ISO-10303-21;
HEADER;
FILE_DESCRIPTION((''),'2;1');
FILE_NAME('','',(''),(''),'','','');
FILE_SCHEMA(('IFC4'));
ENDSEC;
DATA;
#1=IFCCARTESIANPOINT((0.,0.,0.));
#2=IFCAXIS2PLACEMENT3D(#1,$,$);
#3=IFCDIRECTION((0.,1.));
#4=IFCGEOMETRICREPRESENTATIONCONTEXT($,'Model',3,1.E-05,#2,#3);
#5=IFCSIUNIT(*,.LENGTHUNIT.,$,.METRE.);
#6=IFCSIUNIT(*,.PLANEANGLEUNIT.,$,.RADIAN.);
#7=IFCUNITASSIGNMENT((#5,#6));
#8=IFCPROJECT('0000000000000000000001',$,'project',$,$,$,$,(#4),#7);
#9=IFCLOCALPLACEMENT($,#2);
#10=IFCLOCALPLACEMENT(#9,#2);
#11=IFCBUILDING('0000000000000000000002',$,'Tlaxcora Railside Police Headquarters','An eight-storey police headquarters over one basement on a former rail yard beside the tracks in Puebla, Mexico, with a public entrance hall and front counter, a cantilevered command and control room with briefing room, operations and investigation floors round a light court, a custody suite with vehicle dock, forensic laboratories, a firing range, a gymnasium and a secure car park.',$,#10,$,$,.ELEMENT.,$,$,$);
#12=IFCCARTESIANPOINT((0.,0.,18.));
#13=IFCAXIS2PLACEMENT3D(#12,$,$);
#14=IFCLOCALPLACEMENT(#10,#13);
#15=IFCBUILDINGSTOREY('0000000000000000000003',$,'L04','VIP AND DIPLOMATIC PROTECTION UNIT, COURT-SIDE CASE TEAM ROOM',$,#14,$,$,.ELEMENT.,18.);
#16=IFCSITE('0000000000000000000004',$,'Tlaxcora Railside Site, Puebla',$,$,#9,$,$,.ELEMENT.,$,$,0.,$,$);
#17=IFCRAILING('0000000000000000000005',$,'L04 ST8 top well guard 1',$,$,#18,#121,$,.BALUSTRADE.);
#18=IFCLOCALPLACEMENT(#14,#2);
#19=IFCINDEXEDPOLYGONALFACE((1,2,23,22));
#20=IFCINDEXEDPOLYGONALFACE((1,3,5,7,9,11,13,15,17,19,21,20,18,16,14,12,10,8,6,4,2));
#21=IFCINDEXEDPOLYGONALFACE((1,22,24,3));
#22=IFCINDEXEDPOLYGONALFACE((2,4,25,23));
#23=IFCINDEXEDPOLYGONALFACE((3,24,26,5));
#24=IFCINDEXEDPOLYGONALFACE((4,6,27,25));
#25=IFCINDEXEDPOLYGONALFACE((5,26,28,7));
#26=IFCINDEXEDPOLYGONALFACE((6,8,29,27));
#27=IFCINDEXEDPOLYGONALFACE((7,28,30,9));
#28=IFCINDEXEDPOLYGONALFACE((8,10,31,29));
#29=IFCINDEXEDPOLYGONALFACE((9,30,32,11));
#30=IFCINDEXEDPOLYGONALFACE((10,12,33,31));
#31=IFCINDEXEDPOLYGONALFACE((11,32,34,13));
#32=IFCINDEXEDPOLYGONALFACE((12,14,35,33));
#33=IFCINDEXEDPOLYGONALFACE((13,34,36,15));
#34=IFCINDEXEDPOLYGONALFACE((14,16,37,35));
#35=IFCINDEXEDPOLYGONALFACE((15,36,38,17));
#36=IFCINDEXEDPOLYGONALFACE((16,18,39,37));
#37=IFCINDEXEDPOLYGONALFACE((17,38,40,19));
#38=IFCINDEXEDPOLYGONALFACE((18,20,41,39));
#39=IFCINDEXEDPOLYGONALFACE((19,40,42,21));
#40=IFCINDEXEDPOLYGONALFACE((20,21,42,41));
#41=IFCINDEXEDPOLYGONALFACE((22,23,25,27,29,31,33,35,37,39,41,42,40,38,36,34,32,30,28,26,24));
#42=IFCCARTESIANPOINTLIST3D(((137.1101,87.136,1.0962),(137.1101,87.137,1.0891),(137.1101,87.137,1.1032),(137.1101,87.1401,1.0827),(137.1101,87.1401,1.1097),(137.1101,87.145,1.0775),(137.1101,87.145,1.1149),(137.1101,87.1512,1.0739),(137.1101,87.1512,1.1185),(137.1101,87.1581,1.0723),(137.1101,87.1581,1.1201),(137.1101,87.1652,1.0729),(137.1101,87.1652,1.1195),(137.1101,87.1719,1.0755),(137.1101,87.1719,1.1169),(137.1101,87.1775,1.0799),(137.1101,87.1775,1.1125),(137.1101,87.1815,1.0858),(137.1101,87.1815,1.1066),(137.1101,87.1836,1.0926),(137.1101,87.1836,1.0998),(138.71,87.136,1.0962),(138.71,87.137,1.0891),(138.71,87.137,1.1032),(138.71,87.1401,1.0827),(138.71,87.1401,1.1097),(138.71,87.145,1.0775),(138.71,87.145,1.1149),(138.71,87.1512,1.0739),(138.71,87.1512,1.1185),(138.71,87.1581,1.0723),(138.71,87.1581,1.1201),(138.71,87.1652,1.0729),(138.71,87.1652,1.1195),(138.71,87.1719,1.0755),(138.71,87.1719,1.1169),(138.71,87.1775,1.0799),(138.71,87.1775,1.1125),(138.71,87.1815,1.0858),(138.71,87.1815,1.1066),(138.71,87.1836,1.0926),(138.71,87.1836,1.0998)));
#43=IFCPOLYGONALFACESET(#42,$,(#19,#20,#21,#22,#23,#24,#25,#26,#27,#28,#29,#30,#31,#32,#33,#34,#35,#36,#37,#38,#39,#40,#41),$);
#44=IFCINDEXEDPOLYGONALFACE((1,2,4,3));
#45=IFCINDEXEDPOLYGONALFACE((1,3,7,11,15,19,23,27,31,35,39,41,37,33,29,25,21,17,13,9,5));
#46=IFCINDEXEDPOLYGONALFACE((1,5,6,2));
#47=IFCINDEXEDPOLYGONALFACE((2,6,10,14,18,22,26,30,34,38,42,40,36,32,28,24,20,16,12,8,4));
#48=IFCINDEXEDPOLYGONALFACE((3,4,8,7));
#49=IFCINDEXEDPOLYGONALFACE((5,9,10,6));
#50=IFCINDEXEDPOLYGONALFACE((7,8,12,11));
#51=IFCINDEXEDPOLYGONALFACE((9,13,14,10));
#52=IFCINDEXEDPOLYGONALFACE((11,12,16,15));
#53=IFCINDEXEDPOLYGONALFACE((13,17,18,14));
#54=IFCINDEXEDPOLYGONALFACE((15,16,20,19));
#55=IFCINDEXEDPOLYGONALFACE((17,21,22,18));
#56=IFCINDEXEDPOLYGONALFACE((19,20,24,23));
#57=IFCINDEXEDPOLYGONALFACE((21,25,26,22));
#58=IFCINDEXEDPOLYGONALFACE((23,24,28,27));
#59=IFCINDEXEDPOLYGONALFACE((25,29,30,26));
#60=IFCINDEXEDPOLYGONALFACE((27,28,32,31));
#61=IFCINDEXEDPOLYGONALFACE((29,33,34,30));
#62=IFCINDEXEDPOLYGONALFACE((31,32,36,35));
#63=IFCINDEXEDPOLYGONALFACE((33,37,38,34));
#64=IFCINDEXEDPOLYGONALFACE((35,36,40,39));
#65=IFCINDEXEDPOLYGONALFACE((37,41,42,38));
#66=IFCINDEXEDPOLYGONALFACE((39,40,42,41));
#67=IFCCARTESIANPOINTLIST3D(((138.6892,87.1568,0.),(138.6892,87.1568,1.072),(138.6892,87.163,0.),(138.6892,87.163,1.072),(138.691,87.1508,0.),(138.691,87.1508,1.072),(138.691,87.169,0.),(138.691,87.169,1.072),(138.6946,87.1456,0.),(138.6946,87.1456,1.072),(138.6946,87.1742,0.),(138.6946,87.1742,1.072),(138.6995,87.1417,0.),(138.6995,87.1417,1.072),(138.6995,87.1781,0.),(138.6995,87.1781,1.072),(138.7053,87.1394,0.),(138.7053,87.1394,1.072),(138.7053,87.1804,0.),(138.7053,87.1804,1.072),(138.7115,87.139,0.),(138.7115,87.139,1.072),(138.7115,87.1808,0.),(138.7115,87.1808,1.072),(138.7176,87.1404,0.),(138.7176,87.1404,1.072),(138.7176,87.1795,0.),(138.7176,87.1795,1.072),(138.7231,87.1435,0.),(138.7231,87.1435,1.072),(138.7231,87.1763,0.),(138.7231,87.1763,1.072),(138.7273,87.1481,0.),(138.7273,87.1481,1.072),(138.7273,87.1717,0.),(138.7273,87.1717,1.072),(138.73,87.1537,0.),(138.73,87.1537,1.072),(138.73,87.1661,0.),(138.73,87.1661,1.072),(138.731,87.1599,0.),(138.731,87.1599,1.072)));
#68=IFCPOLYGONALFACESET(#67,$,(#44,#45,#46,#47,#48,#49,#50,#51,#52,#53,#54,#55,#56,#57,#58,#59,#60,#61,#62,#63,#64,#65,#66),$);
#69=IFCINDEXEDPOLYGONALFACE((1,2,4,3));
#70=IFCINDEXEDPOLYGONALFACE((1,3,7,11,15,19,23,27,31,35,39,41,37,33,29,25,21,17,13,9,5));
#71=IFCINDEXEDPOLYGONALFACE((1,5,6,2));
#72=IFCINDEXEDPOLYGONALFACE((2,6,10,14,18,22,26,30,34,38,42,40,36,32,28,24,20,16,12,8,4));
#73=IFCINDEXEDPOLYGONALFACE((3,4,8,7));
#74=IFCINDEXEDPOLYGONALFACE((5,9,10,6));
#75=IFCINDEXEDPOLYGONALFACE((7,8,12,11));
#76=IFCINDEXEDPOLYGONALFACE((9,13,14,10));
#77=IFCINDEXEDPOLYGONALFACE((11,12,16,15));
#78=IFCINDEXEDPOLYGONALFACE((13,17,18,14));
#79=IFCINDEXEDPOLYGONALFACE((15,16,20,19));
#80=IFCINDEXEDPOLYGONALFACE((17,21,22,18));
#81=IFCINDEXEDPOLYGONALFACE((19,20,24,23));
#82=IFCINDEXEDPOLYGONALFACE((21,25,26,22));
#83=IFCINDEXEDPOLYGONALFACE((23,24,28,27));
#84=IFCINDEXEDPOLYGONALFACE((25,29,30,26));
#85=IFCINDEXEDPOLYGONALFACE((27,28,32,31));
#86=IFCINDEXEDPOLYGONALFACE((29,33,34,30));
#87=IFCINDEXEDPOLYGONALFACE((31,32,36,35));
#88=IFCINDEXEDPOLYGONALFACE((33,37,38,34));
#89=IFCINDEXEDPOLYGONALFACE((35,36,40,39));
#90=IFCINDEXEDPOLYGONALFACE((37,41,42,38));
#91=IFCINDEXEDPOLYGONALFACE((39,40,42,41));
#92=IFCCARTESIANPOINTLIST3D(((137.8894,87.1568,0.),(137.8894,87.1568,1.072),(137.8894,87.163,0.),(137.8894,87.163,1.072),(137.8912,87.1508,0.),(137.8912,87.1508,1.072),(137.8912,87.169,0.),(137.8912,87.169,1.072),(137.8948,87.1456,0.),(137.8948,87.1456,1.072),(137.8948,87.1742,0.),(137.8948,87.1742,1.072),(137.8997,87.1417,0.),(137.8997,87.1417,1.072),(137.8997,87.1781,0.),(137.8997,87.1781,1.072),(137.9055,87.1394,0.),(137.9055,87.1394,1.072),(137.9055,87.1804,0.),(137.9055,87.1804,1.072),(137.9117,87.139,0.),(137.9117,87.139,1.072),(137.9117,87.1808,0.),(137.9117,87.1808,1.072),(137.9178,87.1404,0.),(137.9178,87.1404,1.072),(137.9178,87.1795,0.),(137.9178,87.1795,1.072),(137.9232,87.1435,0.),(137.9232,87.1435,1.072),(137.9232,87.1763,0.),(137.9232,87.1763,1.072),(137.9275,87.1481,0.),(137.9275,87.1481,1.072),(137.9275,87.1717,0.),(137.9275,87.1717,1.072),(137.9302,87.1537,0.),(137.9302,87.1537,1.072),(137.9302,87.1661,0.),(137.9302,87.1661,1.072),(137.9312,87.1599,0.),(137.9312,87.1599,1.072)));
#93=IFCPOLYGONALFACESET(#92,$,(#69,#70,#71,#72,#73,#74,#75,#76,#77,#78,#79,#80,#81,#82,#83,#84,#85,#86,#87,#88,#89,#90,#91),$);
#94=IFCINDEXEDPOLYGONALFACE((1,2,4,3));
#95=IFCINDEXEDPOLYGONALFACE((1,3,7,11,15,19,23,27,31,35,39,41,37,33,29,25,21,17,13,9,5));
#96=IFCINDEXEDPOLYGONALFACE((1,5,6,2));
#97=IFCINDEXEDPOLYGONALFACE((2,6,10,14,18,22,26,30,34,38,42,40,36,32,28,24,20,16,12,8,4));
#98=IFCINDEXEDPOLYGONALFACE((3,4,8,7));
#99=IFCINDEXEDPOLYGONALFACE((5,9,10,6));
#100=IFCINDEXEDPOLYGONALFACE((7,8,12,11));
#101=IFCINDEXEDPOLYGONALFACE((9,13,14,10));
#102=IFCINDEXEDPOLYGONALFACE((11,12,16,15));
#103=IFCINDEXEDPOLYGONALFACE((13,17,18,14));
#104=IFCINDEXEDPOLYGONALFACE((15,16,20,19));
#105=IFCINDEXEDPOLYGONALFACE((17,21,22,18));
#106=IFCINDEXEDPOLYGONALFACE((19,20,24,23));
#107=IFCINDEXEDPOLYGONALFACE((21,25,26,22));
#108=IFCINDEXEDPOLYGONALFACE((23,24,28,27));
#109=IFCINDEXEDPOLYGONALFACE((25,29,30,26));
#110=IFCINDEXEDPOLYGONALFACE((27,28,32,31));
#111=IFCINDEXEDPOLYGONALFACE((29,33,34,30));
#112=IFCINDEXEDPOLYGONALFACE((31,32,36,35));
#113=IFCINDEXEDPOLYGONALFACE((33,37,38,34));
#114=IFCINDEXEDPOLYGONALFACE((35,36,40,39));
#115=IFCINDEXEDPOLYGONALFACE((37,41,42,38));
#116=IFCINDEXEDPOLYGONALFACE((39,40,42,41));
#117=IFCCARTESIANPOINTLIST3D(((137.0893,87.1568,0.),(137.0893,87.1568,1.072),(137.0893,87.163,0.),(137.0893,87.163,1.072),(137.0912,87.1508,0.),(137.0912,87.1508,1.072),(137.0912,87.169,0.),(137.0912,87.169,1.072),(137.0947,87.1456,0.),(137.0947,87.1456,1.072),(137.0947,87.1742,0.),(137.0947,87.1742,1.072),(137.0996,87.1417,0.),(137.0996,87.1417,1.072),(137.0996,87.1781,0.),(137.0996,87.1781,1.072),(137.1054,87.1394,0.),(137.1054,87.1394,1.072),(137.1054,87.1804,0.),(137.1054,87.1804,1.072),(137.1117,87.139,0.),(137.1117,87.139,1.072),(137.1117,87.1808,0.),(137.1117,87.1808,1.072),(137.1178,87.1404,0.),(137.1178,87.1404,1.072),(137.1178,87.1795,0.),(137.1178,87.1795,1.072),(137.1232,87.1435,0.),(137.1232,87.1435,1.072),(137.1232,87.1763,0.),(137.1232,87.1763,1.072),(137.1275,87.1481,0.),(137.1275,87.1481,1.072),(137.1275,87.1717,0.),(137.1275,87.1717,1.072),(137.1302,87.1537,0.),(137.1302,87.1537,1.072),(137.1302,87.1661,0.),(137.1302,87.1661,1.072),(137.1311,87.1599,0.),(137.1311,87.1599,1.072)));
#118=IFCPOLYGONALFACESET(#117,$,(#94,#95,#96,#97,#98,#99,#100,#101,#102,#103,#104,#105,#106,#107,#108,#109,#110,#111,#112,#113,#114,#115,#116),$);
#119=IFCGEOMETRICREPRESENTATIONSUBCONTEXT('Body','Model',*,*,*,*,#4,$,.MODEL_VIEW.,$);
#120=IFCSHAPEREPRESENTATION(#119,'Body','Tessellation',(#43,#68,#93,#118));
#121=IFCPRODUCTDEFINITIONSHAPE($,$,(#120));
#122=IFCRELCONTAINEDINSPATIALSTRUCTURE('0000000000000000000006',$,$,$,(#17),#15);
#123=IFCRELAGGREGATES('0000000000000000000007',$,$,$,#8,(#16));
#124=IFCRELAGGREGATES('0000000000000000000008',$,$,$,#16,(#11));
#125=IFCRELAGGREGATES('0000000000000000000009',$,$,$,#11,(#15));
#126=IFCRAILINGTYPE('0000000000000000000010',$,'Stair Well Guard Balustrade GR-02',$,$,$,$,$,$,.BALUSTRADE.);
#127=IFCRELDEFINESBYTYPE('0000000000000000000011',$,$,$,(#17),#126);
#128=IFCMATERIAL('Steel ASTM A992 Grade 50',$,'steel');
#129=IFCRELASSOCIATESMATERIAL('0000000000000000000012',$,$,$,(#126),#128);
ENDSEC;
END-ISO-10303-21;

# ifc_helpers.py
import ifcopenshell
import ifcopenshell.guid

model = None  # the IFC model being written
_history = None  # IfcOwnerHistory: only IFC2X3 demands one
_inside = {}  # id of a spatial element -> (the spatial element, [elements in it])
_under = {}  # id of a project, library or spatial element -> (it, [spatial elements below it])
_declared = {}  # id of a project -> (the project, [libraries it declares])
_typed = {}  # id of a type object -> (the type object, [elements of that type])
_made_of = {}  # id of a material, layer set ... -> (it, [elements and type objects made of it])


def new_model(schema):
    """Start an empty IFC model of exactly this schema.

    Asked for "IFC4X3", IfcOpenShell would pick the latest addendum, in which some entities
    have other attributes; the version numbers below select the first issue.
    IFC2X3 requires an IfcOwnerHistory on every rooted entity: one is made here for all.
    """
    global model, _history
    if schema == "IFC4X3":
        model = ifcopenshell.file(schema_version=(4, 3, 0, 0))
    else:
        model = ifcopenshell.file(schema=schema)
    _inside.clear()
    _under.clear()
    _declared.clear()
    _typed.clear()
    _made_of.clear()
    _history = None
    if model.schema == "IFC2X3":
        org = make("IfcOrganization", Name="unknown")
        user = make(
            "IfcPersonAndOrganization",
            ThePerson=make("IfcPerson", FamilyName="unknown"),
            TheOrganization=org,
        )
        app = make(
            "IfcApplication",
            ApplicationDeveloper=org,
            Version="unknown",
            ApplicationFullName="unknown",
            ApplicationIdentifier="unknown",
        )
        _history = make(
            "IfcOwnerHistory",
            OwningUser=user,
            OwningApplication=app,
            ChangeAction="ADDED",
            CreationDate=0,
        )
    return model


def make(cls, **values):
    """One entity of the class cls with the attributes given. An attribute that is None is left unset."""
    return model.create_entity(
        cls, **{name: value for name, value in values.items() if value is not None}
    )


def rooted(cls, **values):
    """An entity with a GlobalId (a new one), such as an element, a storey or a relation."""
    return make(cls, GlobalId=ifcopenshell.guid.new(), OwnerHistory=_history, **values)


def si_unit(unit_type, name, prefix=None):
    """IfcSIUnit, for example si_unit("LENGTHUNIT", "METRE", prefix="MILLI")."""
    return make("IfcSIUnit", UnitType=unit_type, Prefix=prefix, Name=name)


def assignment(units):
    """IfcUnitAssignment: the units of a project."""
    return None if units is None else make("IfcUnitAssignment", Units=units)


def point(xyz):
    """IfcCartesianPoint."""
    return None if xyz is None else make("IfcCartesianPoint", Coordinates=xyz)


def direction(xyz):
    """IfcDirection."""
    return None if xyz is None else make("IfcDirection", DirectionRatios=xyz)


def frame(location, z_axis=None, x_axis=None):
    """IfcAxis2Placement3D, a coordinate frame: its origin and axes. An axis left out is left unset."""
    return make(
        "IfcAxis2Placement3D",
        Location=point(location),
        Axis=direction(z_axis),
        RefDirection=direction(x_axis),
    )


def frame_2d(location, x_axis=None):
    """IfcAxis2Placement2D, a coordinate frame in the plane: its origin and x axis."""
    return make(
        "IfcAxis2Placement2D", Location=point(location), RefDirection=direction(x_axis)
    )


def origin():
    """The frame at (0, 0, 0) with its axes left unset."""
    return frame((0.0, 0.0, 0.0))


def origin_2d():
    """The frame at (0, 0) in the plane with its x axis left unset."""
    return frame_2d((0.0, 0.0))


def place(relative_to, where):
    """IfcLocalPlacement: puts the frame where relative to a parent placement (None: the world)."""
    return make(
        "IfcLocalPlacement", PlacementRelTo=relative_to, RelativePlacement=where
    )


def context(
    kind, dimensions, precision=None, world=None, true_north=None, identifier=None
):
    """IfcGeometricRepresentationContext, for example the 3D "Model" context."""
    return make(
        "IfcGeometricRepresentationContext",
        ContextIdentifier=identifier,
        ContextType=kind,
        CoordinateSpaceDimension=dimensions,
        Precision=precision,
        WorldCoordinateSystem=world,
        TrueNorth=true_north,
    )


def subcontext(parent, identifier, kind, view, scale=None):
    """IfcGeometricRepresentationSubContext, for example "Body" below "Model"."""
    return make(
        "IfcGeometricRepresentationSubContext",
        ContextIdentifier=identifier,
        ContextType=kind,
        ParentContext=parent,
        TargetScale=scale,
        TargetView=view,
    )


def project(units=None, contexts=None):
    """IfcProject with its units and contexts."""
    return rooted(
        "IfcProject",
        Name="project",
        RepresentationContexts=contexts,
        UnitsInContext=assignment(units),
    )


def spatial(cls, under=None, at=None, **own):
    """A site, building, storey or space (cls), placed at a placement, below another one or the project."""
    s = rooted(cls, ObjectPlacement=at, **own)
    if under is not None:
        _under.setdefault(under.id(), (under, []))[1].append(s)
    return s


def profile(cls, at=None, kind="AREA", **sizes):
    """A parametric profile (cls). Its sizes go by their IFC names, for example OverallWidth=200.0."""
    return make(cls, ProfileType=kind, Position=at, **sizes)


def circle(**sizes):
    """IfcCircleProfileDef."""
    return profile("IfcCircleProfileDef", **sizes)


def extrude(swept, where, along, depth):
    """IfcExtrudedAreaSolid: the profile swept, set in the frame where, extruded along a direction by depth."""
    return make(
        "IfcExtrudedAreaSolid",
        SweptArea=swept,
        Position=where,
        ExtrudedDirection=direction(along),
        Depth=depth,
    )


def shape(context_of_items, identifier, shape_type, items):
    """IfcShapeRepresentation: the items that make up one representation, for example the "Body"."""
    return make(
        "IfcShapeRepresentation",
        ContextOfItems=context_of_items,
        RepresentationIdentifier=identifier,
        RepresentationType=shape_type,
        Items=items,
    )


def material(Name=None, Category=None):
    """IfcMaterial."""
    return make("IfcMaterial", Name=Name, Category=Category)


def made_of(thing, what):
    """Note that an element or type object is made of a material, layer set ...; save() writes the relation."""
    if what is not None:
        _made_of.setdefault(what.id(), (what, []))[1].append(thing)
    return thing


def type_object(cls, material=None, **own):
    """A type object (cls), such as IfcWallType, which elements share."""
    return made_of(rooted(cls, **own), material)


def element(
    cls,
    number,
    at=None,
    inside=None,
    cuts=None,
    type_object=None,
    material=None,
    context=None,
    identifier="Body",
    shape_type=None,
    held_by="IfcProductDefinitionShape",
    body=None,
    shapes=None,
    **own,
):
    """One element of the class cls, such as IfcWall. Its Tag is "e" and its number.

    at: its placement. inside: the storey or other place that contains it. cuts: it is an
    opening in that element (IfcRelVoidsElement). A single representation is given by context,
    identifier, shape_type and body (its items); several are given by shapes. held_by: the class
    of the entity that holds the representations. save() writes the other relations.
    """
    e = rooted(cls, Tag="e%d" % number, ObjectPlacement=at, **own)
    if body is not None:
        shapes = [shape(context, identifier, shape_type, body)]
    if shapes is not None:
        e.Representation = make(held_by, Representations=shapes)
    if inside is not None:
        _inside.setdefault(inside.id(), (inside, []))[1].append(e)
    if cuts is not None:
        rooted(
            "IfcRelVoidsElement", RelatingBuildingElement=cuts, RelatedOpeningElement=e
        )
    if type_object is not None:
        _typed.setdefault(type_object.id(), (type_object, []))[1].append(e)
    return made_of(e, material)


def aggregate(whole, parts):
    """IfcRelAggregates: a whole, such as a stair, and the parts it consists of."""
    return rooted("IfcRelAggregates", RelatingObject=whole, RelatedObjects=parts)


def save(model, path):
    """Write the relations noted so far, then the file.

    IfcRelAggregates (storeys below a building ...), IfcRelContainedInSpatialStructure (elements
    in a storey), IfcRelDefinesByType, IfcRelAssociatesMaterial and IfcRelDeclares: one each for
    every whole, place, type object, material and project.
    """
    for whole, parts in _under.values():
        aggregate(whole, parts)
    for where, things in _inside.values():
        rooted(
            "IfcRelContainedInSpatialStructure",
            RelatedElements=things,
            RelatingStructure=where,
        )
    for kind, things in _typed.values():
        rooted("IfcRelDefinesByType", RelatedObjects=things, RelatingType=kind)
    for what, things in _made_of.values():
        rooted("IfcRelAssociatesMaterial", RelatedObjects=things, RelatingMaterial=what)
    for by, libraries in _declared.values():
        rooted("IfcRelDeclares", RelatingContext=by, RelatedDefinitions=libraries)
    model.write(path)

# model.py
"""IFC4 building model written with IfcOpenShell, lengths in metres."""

from ifc_helpers import new_model, si_unit, direction, frame, origin, origin_2d, place, context, subcontext, project, spatial, circle, extrude, material, type_object, element, save


model = new_model("IFC4")

# Units and contexts
model_context = context("Model", 3, precision=1e-05, world=origin(), true_north=direction((0.0, 1.0)))
body_context = subcontext(model_context, "Body", "Model", "MODEL_VIEW")
ifc_project = project(units=[si_unit("LENGTHUNIT", "METRE"), si_unit("PLANEANGLEUNIT", "RADIAN")], contexts=[model_context])

# Site, building, storey
site_placement = place(None, origin())
site = spatial("IfcSite", under=ifc_project, at=site_placement, Name="Tlaxcora Railside Site, Puebla", CompositionType="ELEMENT", RefElevation=0.0)
building_placement = place(site_placement, origin())
building = spatial("IfcBuilding", under=site, at=building_placement, Name="Tlaxcora Railside Police Headquarters", Description="An eight-storey police headquarters over one basement on a former rail yard beside the tracks in Puebla, Mexico, with a public entrance hall and front counter, a cantilevered command and control room with briefing room, operations and investigation floors round a light court, a custody suite with vehicle dock, forensic laboratories, a firing range, a gymnasium and a secure car park.", CompositionType="ELEMENT")
storey_placement = place(building_placement, frame((0.0, 0.0, 18.0)))
storey = spatial("IfcBuildingStorey", under=building, at=storey_placement, Name="L04", Description="VIP AND DIPLOMATIC PROTECTION UNIT, COURT-SIDE CASE TEAM ROOM", CompositionType="ELEMENT", Elevation=18.0)

# Shared definitions
ifc_material_1 = material(Name="Steel ASTM A992 Grade 50", Category="steel")

# Railing
railing_type_1 = type_object("IfcRailingType", Name="Stair Well Guard Balustrade GR-02", PredefinedType="BALUSTRADE", material=ifc_material_1)
railing_1_placement = place(storey_placement, frame((138.71, 87.1599, 0.0)))
element("IfcRailing", 1, at=railing_1_placement, inside=storey, type_object=railing_type_1, Name="L04 ST8 top well guard 1", PredefinedType="BALUSTRADE", context=body_context, shape_type="SweptSolid", body=[
    extrude(circle(Radius=0.0239, at=origin_2d()), frame((0.0, 0.0, 1.0962), z_axis=(-1.0, 0.0, 0.0), x_axis=(0.0, -1.0, 0.0)), (0.0, 0.0, 1.0), 1.5999),
    extrude(circle(Radius=0.021, at=origin_2d()), origin(), (0.0, 0.0, 1.0), 1.072),
    extrude(circle(Radius=0.021, at=origin_2d()), frame((-0.7998, 0.0, 0.0)), (0.0, 0.0, 1.0), 1.072),
    extrude(circle(Radius=0.021, at=origin_2d()), frame((-1.5999, 0.0, 0.0)), (0.0, 0.0, 1.0), 1.072),
])

save(model, "model.ifc")
